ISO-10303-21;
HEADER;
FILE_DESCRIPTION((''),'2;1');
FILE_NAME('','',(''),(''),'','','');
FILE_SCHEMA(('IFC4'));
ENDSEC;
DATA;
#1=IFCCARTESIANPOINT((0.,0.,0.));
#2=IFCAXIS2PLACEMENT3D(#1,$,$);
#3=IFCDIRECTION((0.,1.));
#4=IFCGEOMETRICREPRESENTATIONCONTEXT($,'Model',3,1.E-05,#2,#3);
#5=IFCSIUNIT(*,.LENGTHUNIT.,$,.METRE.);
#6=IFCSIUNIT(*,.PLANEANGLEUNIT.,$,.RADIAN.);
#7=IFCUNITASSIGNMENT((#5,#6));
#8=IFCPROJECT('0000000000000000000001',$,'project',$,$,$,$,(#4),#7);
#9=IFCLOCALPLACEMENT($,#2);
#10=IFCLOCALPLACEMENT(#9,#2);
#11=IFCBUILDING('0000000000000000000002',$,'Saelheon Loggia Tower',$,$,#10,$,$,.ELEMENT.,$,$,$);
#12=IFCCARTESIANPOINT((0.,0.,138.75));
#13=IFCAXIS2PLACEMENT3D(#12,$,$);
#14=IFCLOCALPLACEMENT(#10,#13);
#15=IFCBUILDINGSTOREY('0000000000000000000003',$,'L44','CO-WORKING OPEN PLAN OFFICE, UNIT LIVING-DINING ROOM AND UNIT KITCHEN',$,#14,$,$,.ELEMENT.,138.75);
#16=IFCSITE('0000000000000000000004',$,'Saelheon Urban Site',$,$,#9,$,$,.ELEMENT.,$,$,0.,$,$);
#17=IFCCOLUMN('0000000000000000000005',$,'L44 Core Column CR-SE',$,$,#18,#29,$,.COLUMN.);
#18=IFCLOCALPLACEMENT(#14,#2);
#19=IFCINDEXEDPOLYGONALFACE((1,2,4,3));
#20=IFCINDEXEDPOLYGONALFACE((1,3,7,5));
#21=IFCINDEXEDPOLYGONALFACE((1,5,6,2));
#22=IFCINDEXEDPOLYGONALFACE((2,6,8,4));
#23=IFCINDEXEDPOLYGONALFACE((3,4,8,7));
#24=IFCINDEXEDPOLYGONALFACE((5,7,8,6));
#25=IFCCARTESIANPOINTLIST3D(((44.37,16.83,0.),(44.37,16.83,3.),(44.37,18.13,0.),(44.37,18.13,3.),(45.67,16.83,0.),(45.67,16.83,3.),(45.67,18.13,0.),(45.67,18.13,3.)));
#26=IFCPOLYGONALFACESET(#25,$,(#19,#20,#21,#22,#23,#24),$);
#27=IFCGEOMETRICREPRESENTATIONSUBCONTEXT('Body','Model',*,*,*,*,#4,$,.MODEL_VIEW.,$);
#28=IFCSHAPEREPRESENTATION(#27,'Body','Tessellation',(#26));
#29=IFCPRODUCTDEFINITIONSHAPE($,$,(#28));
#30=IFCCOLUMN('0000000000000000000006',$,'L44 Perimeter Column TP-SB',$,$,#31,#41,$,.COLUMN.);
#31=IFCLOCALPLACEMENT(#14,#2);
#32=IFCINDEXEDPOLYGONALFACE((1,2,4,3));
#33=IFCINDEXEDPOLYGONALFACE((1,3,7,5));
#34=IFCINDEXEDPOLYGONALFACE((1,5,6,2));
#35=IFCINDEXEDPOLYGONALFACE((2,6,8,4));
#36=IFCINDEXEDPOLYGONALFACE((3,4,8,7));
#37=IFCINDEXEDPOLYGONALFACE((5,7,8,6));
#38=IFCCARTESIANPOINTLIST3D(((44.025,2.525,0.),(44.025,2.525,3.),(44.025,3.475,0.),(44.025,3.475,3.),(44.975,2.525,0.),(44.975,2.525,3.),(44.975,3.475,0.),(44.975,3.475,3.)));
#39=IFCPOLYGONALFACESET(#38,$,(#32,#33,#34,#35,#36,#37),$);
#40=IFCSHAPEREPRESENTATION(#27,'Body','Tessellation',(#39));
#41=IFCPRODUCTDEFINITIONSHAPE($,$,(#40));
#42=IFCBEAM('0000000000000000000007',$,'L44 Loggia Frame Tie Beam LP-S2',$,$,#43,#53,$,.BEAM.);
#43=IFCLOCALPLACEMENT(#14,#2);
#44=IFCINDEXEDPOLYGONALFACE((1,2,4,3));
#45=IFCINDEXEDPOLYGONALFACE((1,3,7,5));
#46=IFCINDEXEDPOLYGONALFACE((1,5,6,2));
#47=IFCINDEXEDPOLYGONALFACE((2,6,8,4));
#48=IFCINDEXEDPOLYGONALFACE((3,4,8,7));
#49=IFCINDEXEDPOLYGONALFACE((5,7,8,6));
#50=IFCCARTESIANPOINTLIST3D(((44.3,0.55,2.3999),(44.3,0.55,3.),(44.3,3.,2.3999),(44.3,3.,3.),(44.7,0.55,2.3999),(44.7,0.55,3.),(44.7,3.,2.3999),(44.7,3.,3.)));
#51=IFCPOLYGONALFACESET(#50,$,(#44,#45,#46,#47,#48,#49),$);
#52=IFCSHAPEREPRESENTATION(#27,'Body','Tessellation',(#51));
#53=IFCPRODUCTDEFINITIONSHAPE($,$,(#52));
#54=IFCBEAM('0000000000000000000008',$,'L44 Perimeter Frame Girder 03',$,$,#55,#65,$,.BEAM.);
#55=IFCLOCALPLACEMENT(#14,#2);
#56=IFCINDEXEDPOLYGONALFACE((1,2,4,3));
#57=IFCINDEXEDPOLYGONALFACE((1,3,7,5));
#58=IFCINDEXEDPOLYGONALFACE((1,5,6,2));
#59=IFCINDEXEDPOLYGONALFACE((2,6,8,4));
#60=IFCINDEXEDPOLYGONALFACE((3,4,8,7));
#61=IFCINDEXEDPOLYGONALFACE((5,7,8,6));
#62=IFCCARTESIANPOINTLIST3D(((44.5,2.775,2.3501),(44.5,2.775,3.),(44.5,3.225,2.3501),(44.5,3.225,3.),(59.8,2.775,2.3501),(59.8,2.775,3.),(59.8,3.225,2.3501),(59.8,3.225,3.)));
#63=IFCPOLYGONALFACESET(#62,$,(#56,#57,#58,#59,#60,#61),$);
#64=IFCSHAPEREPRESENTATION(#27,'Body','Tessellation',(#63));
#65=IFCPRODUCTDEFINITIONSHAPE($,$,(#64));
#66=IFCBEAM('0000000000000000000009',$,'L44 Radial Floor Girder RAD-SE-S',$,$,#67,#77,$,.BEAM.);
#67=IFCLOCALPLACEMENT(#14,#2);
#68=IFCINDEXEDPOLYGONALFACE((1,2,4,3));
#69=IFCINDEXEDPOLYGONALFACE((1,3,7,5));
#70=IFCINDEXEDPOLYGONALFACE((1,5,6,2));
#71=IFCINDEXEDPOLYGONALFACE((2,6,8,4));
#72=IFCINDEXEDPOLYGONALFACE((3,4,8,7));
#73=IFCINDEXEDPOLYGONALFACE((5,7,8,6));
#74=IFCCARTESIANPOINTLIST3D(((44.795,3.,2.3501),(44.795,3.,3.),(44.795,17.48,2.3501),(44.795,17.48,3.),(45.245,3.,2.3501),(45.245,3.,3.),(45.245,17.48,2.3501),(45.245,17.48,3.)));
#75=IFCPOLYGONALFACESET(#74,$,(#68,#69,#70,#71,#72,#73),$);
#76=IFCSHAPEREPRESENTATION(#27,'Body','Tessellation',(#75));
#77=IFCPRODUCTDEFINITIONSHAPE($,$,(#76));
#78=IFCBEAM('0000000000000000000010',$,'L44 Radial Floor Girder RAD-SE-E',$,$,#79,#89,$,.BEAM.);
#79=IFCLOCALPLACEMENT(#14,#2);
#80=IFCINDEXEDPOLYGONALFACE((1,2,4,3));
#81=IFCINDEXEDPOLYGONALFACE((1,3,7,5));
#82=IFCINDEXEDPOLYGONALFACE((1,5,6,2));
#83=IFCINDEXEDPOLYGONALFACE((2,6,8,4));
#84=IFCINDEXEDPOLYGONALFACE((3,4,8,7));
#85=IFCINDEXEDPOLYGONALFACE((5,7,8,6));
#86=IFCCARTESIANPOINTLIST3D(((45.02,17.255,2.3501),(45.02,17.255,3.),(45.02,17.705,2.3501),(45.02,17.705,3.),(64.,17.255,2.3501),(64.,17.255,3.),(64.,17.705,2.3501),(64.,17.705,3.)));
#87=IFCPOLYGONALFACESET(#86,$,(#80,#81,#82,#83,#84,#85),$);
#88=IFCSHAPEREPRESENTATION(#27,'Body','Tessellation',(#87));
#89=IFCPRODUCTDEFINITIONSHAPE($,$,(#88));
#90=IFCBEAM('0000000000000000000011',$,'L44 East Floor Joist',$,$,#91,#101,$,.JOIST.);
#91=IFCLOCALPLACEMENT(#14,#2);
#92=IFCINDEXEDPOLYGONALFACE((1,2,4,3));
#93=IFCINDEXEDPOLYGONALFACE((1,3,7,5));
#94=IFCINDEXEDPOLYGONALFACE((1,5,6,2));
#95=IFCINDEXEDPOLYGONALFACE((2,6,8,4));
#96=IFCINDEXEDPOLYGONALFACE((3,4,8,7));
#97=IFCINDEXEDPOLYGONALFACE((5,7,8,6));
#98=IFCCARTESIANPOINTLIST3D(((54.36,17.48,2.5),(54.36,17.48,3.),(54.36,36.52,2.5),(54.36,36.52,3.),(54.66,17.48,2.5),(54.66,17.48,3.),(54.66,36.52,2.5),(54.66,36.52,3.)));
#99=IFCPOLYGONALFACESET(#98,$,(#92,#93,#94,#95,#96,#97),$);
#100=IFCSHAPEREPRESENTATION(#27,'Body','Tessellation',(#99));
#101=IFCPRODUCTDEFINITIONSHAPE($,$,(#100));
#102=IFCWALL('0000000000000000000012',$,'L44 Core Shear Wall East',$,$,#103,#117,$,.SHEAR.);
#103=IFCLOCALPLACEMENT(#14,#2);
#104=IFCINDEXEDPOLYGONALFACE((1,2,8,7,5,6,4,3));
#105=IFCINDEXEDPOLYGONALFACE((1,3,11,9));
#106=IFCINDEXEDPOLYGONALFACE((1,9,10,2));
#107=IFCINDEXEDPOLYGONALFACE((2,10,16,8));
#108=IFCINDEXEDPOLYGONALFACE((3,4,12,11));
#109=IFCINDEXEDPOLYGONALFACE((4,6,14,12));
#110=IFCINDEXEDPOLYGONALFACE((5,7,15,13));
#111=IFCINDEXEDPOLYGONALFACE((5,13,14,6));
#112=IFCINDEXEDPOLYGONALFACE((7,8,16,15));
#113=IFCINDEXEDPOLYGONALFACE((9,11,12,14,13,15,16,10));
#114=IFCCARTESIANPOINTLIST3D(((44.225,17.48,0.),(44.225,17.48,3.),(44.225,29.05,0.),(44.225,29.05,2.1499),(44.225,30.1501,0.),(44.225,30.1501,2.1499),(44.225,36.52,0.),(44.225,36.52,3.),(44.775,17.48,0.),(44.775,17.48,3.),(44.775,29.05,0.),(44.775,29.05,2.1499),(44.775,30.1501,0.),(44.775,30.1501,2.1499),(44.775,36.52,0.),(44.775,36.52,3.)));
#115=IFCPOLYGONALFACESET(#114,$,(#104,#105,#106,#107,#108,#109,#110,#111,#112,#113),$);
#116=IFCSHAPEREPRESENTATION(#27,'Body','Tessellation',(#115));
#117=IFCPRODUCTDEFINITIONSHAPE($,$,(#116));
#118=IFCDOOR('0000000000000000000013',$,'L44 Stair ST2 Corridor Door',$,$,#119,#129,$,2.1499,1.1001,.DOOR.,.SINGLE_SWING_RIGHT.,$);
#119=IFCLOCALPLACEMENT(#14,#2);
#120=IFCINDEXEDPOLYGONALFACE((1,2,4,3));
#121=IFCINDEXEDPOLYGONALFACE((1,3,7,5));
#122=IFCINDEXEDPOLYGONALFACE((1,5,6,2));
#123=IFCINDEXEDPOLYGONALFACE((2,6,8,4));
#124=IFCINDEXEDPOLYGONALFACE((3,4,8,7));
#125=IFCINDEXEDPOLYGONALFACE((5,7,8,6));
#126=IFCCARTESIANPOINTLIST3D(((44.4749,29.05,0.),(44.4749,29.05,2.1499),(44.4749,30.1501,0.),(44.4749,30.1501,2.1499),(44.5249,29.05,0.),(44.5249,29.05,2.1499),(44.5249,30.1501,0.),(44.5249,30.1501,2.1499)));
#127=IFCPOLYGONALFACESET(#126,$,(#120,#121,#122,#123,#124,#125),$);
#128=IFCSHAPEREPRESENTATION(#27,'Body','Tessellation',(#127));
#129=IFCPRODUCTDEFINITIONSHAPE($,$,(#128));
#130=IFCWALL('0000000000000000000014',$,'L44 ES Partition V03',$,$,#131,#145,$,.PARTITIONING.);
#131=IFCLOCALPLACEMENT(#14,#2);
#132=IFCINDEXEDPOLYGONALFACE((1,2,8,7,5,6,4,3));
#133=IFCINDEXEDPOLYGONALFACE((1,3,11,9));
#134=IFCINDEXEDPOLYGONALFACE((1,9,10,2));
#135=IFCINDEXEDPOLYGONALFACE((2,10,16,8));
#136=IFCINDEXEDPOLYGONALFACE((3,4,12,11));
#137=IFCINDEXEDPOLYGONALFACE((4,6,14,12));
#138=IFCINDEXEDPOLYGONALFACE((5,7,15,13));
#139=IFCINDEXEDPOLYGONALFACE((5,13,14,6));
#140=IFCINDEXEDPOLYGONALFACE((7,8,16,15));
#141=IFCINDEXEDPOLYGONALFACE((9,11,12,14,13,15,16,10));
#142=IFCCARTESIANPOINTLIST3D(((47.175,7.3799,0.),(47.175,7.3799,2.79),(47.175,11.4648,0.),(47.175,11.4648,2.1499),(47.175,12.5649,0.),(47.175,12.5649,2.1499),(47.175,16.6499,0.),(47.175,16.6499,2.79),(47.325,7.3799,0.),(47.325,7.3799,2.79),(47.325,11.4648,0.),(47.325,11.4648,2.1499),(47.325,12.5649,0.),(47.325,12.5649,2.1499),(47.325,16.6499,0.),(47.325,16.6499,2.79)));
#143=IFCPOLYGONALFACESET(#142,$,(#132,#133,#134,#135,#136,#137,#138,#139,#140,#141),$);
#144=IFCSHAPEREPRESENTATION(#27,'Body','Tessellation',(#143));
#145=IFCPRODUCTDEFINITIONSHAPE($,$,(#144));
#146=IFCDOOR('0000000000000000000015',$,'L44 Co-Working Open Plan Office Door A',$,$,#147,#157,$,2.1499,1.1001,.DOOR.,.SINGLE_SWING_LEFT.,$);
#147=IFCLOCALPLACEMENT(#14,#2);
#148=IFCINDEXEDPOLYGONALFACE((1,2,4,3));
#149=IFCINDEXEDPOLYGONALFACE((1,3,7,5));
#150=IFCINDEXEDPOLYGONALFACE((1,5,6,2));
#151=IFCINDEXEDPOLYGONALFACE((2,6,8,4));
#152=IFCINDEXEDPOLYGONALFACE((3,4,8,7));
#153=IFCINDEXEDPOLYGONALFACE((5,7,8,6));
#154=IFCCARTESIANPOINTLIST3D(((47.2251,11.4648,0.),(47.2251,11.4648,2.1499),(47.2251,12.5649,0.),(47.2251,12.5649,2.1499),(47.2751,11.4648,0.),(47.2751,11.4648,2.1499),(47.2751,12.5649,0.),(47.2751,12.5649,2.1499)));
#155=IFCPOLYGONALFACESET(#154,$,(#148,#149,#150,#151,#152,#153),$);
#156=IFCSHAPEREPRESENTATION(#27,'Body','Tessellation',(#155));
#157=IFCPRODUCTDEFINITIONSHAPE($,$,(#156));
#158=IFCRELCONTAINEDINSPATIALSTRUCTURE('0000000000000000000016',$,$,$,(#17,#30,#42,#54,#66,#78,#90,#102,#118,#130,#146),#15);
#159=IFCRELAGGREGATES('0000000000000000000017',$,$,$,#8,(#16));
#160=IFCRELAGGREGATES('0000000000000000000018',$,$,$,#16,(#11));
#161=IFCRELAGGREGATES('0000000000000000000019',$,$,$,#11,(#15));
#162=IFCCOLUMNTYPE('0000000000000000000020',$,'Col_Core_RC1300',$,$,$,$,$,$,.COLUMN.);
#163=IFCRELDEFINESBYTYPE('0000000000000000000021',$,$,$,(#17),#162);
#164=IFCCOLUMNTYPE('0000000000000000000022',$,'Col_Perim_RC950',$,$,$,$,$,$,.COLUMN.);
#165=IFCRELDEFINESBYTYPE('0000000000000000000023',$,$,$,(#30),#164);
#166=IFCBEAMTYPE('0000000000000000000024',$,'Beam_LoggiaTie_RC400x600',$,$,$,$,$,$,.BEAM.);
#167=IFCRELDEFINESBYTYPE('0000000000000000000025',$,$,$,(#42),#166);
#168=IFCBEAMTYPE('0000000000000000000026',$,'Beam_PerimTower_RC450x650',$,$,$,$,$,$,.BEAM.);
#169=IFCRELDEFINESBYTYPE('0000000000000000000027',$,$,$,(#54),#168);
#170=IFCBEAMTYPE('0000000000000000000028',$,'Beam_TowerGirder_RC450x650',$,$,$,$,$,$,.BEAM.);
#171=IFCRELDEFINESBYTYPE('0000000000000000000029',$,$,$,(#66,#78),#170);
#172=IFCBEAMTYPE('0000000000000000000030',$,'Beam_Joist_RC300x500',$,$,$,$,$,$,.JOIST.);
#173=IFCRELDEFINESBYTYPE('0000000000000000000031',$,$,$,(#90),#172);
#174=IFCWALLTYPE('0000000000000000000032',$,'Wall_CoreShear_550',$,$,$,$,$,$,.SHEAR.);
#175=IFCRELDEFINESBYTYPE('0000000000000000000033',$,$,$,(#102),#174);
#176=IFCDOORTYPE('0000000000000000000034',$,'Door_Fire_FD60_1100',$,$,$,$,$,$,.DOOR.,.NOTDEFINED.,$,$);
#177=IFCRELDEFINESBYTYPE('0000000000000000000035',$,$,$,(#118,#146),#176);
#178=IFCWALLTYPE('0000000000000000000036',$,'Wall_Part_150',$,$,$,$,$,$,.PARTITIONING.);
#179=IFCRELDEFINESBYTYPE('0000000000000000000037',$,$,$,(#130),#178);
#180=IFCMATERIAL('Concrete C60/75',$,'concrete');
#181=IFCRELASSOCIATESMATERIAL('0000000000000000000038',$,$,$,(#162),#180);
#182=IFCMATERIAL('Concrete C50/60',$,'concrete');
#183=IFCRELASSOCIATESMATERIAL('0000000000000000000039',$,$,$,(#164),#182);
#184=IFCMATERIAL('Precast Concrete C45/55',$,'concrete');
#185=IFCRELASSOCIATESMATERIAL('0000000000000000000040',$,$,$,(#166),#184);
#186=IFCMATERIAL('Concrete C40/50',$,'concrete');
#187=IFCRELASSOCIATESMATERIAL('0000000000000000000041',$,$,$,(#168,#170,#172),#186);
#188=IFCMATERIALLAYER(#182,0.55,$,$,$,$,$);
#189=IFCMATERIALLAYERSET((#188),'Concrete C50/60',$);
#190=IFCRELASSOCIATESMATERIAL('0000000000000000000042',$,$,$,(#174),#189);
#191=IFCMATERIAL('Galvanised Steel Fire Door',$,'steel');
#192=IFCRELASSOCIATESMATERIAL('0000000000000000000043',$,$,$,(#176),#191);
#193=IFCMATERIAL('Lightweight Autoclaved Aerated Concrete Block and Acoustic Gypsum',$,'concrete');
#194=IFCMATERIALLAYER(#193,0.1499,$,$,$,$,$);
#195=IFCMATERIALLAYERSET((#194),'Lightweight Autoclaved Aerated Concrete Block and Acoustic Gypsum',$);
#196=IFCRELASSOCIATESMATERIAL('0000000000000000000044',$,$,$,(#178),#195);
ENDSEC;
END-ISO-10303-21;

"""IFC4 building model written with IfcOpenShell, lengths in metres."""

from ifc_helpers import new_model, si_unit, direction, frame, frame_2d, origin, origin_2d, place, context, subcontext, project, spatial, rectangle, extrude, source, transform, mapped, material, layer, layer_set, material_profile, profile_set, type_object, element, fill, save


model = new_model("IFC4")

# Units and contexts
model_context = context("Model", 3, precision=1e-05, world=origin(), true_north=direction((0.0, 1.0)))
body_context = subcontext(model_context, "Body", "Model", "MODEL_VIEW")
ifc_project = project(units=[si_unit("LENGTHUNIT", "METRE"), si_unit("PLANEANGLEUNIT", "RADIAN")], contexts=[model_context])

# Site, building, storey
site_placement = place(None, origin())
site = spatial("IfcSite", under=ifc_project, at=site_placement, Name="Saelheon Urban Site", CompositionType="ELEMENT", RefElevation=0.0)
building_placement = place(site_placement, origin())
building = spatial("IfcBuilding", under=site, at=building_placement, Name="Saelheon Loggia Tower", CompositionType="ELEMENT")
storey_placement = place(building_placement, frame((0.0, 0.0, 138.75)))
storey = spatial("IfcBuildingStorey", under=building, at=storey_placement, Name="L44", Description="CO-WORKING OPEN PLAN OFFICE, UNIT LIVING-DINING ROOM AND UNIT KITCHEN", CompositionType="ELEMENT", Elevation=138.75)

# Columns
ifc_material_1 = material(Name="Concrete C60/75", Category="concrete")
ifc_material_profile_1 = material_profile(ifc_material_1, rectangle(XDim=1.3, YDim=1.3, at=origin_2d()), Name="RC-1300x1300")
ifc_profile_set_1 = profile_set([ifc_material_profile_1], Name="Concrete C60/75")
column_type_1 = type_object("IfcColumnType", Name="Col_Core_RC1300", PredefinedType="COLUMN", material=ifc_profile_set_1)
shared_shape_1 = source(origin(), body_context, "Body", "SweptSolid", [
    extrude(rectangle(XDim=1.3, YDim=1.3, at=origin_2d()), origin(), (0.0, 0.0, 1.0), 3.0),
])
column_1_placement = place(storey_placement, frame((45.02, 17.48, 0.0), z_axis=(0.0, 0.0, 1.0), x_axis=(1.0, 0.0, 0.0)))
element("IfcColumn", 1, at=column_1_placement, inside=storey, type_object=column_type_1, Name="L44 Core Column CR-SE", PredefinedType="COLUMN", context=body_context, shape_type="MappedRepresentation", body=[
    mapped(shared_shape_1, transform((0.0, 0.0, 0.0), scale=1.0)),
])
ifc_material_2 = material(Name="Concrete C50/60", Category="concrete")
ifc_material_profile_2 = material_profile(ifc_material_2, rectangle(XDim=0.95, YDim=0.95, at=origin_2d()), Name="RC-950x950")
ifc_profile_set_2 = profile_set([ifc_material_profile_2], Name="Concrete C50/60")
column_type_2 = type_object("IfcColumnType", Name="Col_Perim_RC950", PredefinedType="COLUMN", material=ifc_profile_set_2)
shared_shape_2 = source(origin(), body_context, "Body", "SweptSolid", [
    extrude(rectangle(XDim=0.95, YDim=0.95, at=origin_2d()), origin(), (0.0, 0.0, 1.0), 3.0),
])
column_2_placement = place(storey_placement, frame((44.5, 3.0, 0.0), z_axis=(0.0, 0.0, 1.0), x_axis=(1.0, 0.0, 0.0)))
element("IfcColumn", 2, at=column_2_placement, inside=storey, type_object=column_type_2, Name="L44 Perimeter Column TP-SB", PredefinedType="COLUMN", context=body_context, shape_type="MappedRepresentation", body=[
    mapped(shared_shape_2, transform((0.0, 0.0, 0.0), scale=1.0)),
])

# Beams
ifc_material_3 = material(Name="Precast Concrete C45/55", Category="concrete")
ifc_material_profile_3 = material_profile(ifc_material_3, rectangle(XDim=0.3999, YDim=0.6001, at=origin_2d()), Name="RC-400x600")
ifc_profile_set_3 = profile_set([ifc_material_profile_3], Name="Precast Concrete C45/55")
beam_type_1 = type_object("IfcBeamType", Name="Beam_LoggiaTie_RC400x600", PredefinedType="BEAM", material=ifc_profile_set_3)
shared_shape_3 = source(origin(), body_context, "Body", "SweptSolid", [
    extrude(rectangle(XDim=0.3999, YDim=0.6001, at=origin_2d()), origin(), (0.0, 0.0, 1.0), 2.45),
])
beam_1_placement = place(storey_placement, frame((44.5, 3.0, 2.7), z_axis=(0.0, -1.0, 0.0), x_axis=(1.0, 0.0, 0.0)))
element("IfcBeam", 3, at=beam_1_placement, inside=storey, type_object=beam_type_1, Name="L44 Loggia Frame Tie Beam LP-S2", PredefinedType="BEAM", context=body_context, shape_type="MappedRepresentation", body=[
    mapped(shared_shape_3, transform((0.0, 0.0, 0.0), scale=1.0)),
])
ifc_material_4 = material(Name="Concrete C40/50", Category="concrete")
ifc_material_profile_4 = material_profile(ifc_material_4, rectangle(XDim=0.45, YDim=0.6499, at=origin_2d()), Name="RC-450x650")
ifc_profile_set_4 = profile_set([ifc_material_profile_4], Name="Concrete C40/50")
beam_type_2 = type_object("IfcBeamType", Name="Beam_PerimTower_RC450x650", PredefinedType="BEAM", material=ifc_profile_set_4)
shared_shape_4 = source(origin(), body_context, "Body", "SweptSolid", [
    extrude(rectangle(XDim=0.45, YDim=0.6499, at=origin_2d()), origin(), (0.0, 0.0, 1.0), 15.3),
])
beam_2_placement = place(storey_placement, frame((44.5, 3.0, 2.675), z_axis=(1.0, 0.0, 0.0), x_axis=(0.0, 1.0, 0.0)))
element("IfcBeam", 4, at=beam_2_placement, inside=storey, type_object=beam_type_2, Name="L44 Perimeter Frame Girder 03", PredefinedType="BEAM", context=body_context, shape_type="MappedRepresentation", body=[
    mapped(shared_shape_4, transform((0.0, 0.0, 0.0), scale=1.0)),
])
ifc_material_profile_5 = material_profile(ifc_material_4, rectangle(XDim=0.45, YDim=0.6499, at=origin_2d()), Name="RC-450x650")
ifc_profile_set_5 = profile_set([ifc_material_profile_5], Name="Concrete C40/50")
beam_type_3 = type_object("IfcBeamType", Name="Beam_TowerGirder_RC450x650", PredefinedType="BEAM", material=ifc_profile_set_5)
shared_shape_5 = source(origin(), body_context, "Body", "SweptSolid", [
    extrude(rectangle(XDim=0.45, YDim=0.6499, at=origin_2d()), origin(), (0.0, 0.0, 1.0), 14.48),
])
beam_3_placement = place(storey_placement, frame((45.02, 17.48, 2.675), z_axis=(0.0, -1.0, 0.0), x_axis=(1.0, 0.0, 0.0)))
element("IfcBeam", 5, at=beam_3_placement, inside=storey, type_object=beam_type_3, Name="L44 Radial Floor Girder RAD-SE-S", PredefinedType="BEAM", context=body_context, shape_type="MappedRepresentation", body=[
    mapped(shared_shape_5, transform((0.0, 0.0, 0.0), scale=1.0)),
])
shared_shape_6 = source(origin(), body_context, "Body", "SweptSolid", [
    extrude(rectangle(XDim=0.45, YDim=0.6499, at=origin_2d()), origin(), (0.0, 0.0, 1.0), 18.98),
])
beam_4_placement = place(storey_placement, frame((45.02, 17.48, 2.675), z_axis=(1.0, 0.0, 0.0), x_axis=(0.0, 1.0, 0.0)))
element("IfcBeam", 6, at=beam_4_placement, inside=storey, type_object=beam_type_3, Name="L44 Radial Floor Girder RAD-SE-E", PredefinedType="BEAM", context=body_context, shape_type="MappedRepresentation", body=[
    mapped(shared_shape_6, transform((0.0, 0.0, 0.0), scale=1.0)),
])
ifc_material_profile_6 = material_profile(ifc_material_4, rectangle(XDim=0.3, YDim=0.5, at=origin_2d()), Name="RC-300x500")
ifc_profile_set_6 = profile_set([ifc_material_profile_6], Name="Concrete C40/50")
beam_type_4 = type_object("IfcBeamType", Name="Beam_Joist_RC300x500", PredefinedType="JOIST", material=ifc_profile_set_6)
shared_shape_7 = source(origin(), body_context, "Body", "SweptSolid", [
    extrude(rectangle(XDim=0.3, YDim=0.5, at=origin_2d()), origin(), (0.0, 0.0, 1.0), 19.04),
])
beam_5_placement = place(storey_placement, frame((54.51, 17.48, 2.75), z_axis=(0.0, 1.0, 0.0), x_axis=(-1.0, 0.0, 0.0)))
element("IfcBeam", 7, at=beam_5_placement, inside=storey, type_object=beam_type_4, Name="L44 East Floor Joist", PredefinedType="JOIST", context=body_context, shape_type="MappedRepresentation", body=[
    mapped(shared_shape_7, transform((0.0, 0.0, 0.0), scale=1.0)),
])

# Walls, openings, doors
ifc_layer_1 = layer(ifc_material_2, 0.55)
ifc_layer_set_1 = layer_set([ifc_layer_1], Name="Concrete C50/60")
wall_type_1 = type_object("IfcWallType", Name="Wall_CoreShear_550", PredefinedType="SHEAR", material=ifc_layer_set_1)
wall_1_placement = place(storey_placement, frame((44.5, 17.48, 0.0), z_axis=(0.0, 0.0, 1.0), x_axis=(0.0, 1.0, 0.0)))
wall_1 = element("IfcWall", 8, at=wall_1_placement, inside=storey, type_object=wall_type_1, Name="L44 Core Shear Wall East", PredefinedType="SHEAR", context=body_context, shape_type="SweptSolid", body=[
    extrude(rectangle(XDim=19.04, YDim=0.55, at=frame_2d((9.52, 0.0))), origin(), (0.0, 0.0, 1.0), 3.0),
])
opening_1_placement = place(wall_1_placement, frame((12.6702, 0.0, 0.0), z_axis=(0.0, 0.0, 1.0), x_axis=(-1.0, 0.0, 0.0)))
opening_1 = element("IfcOpeningElement", 9, at=opening_1_placement, cuts=wall_1, PredefinedType="OPENING", context=body_context, shape_type="SweptSolid", body=[
    extrude(rectangle(XDim=1.1001, YDim=2.1499, at=frame_2d((0.55, 1.075))), frame((0.0, 0.2871, 0.0), z_axis=(0.0, -1.0, 0.0), x_axis=(1.0, 0.0, 0.0)), (0.0, 0.0, 1.0), 0.574),
])
ifc_material_5 = material(Name="Galvanised Steel Fire Door", Category="steel")
door_type = type_object("IfcDoorType", Name="Door_Fire_FD60_1100", OperationType="NOTDEFINED", PredefinedType="DOOR", material=ifc_material_5)
shared_shape_8 = source(origin(), body_context, "Body", "SweptSolid", [
    extrude(rectangle(XDim=1.1001, YDim=2.1499, at=frame_2d((0.55, 1.075))), frame((0.0, 0.0249, 0.0), z_axis=(0.0, -1.0, 0.0), x_axis=(1.0, 0.0, 0.0)), (0.0, 0.0, 1.0), 0.05),
])
door_1_placement = place(opening_1_placement, origin())
door_1 = element("IfcDoor", 10, at=door_1_placement, inside=storey, type_object=door_type, Name="L44 Stair ST2 Corridor Door", OperationType="SINGLE_SWING_RIGHT", OverallHeight=2.1499, OverallWidth=1.1001, PredefinedType="DOOR", context=body_context, shape_type="MappedRepresentation", body=[
    mapped(shared_shape_8, transform((0.0, 0.0, 0.0), scale=1.0)),
])
fill(opening_1, door_1)
ifc_material_6 = material(Name="Lightweight Autoclaved Aerated Concrete Block and Acoustic Gypsum", Category="concrete")
ifc_layer_2 = layer(ifc_material_6, 0.1499)
ifc_layer_set_2 = layer_set([ifc_layer_2], Name="Lightweight Autoclaved Aerated Concrete Block and Acoustic Gypsum")
wall_type_2 = type_object("IfcWallType", Name="Wall_Part_150", PredefinedType="PARTITIONING", material=ifc_layer_set_2)
wall_2_placement = place(storey_placement, frame((47.25, 7.3799, 0.0), z_axis=(0.0, 0.0, 1.0), x_axis=(0.0, 1.0, 0.0)))
wall_2 = element("IfcWall", 11, at=wall_2_placement, inside=storey, type_object=wall_type_2, Name="L44 ES Partition V03", PredefinedType="PARTITIONING", context=body_context, shape_type="SweptSolid", body=[
    extrude(rectangle(XDim=9.27, YDim=0.1499, at=frame_2d((4.635, 0.0))), origin(), (0.0, 0.0, 1.0), 2.79),
])
opening_2_placement = place(wall_2_placement, frame((4.085, 0.0, 0.0)))
opening_2 = element("IfcOpeningElement", 12, at=opening_2_placement, cuts=wall_2, PredefinedType="OPENING", context=body_context, shape_type="SweptSolid", body=[
    extrude(rectangle(XDim=1.1001, YDim=2.1499, at=frame_2d((0.55, 1.075))), frame((0.0, 0.0869, 0.0), z_axis=(0.0, -1.0, 0.0), x_axis=(1.0, 0.0, 0.0)), (0.0, 0.0, 1.0), 0.1738),
])
door_2_placement = place(opening_2_placement, origin())
door_2 = element("IfcDoor", 13, at=door_2_placement, inside=storey, type_object=door_type, Name="L44 Co-Working Open Plan Office Door A", OperationType="SINGLE_SWING_LEFT", OverallHeight=2.1499, OverallWidth=1.1001, PredefinedType="DOOR", context=body_context, shape_type="MappedRepresentation", body=[
    mapped(shared_shape_8, transform((0.0, 0.0, 0.0), scale=1.0)),
])
fill(opening_2, door_2)

save(model, "model.ifc")
